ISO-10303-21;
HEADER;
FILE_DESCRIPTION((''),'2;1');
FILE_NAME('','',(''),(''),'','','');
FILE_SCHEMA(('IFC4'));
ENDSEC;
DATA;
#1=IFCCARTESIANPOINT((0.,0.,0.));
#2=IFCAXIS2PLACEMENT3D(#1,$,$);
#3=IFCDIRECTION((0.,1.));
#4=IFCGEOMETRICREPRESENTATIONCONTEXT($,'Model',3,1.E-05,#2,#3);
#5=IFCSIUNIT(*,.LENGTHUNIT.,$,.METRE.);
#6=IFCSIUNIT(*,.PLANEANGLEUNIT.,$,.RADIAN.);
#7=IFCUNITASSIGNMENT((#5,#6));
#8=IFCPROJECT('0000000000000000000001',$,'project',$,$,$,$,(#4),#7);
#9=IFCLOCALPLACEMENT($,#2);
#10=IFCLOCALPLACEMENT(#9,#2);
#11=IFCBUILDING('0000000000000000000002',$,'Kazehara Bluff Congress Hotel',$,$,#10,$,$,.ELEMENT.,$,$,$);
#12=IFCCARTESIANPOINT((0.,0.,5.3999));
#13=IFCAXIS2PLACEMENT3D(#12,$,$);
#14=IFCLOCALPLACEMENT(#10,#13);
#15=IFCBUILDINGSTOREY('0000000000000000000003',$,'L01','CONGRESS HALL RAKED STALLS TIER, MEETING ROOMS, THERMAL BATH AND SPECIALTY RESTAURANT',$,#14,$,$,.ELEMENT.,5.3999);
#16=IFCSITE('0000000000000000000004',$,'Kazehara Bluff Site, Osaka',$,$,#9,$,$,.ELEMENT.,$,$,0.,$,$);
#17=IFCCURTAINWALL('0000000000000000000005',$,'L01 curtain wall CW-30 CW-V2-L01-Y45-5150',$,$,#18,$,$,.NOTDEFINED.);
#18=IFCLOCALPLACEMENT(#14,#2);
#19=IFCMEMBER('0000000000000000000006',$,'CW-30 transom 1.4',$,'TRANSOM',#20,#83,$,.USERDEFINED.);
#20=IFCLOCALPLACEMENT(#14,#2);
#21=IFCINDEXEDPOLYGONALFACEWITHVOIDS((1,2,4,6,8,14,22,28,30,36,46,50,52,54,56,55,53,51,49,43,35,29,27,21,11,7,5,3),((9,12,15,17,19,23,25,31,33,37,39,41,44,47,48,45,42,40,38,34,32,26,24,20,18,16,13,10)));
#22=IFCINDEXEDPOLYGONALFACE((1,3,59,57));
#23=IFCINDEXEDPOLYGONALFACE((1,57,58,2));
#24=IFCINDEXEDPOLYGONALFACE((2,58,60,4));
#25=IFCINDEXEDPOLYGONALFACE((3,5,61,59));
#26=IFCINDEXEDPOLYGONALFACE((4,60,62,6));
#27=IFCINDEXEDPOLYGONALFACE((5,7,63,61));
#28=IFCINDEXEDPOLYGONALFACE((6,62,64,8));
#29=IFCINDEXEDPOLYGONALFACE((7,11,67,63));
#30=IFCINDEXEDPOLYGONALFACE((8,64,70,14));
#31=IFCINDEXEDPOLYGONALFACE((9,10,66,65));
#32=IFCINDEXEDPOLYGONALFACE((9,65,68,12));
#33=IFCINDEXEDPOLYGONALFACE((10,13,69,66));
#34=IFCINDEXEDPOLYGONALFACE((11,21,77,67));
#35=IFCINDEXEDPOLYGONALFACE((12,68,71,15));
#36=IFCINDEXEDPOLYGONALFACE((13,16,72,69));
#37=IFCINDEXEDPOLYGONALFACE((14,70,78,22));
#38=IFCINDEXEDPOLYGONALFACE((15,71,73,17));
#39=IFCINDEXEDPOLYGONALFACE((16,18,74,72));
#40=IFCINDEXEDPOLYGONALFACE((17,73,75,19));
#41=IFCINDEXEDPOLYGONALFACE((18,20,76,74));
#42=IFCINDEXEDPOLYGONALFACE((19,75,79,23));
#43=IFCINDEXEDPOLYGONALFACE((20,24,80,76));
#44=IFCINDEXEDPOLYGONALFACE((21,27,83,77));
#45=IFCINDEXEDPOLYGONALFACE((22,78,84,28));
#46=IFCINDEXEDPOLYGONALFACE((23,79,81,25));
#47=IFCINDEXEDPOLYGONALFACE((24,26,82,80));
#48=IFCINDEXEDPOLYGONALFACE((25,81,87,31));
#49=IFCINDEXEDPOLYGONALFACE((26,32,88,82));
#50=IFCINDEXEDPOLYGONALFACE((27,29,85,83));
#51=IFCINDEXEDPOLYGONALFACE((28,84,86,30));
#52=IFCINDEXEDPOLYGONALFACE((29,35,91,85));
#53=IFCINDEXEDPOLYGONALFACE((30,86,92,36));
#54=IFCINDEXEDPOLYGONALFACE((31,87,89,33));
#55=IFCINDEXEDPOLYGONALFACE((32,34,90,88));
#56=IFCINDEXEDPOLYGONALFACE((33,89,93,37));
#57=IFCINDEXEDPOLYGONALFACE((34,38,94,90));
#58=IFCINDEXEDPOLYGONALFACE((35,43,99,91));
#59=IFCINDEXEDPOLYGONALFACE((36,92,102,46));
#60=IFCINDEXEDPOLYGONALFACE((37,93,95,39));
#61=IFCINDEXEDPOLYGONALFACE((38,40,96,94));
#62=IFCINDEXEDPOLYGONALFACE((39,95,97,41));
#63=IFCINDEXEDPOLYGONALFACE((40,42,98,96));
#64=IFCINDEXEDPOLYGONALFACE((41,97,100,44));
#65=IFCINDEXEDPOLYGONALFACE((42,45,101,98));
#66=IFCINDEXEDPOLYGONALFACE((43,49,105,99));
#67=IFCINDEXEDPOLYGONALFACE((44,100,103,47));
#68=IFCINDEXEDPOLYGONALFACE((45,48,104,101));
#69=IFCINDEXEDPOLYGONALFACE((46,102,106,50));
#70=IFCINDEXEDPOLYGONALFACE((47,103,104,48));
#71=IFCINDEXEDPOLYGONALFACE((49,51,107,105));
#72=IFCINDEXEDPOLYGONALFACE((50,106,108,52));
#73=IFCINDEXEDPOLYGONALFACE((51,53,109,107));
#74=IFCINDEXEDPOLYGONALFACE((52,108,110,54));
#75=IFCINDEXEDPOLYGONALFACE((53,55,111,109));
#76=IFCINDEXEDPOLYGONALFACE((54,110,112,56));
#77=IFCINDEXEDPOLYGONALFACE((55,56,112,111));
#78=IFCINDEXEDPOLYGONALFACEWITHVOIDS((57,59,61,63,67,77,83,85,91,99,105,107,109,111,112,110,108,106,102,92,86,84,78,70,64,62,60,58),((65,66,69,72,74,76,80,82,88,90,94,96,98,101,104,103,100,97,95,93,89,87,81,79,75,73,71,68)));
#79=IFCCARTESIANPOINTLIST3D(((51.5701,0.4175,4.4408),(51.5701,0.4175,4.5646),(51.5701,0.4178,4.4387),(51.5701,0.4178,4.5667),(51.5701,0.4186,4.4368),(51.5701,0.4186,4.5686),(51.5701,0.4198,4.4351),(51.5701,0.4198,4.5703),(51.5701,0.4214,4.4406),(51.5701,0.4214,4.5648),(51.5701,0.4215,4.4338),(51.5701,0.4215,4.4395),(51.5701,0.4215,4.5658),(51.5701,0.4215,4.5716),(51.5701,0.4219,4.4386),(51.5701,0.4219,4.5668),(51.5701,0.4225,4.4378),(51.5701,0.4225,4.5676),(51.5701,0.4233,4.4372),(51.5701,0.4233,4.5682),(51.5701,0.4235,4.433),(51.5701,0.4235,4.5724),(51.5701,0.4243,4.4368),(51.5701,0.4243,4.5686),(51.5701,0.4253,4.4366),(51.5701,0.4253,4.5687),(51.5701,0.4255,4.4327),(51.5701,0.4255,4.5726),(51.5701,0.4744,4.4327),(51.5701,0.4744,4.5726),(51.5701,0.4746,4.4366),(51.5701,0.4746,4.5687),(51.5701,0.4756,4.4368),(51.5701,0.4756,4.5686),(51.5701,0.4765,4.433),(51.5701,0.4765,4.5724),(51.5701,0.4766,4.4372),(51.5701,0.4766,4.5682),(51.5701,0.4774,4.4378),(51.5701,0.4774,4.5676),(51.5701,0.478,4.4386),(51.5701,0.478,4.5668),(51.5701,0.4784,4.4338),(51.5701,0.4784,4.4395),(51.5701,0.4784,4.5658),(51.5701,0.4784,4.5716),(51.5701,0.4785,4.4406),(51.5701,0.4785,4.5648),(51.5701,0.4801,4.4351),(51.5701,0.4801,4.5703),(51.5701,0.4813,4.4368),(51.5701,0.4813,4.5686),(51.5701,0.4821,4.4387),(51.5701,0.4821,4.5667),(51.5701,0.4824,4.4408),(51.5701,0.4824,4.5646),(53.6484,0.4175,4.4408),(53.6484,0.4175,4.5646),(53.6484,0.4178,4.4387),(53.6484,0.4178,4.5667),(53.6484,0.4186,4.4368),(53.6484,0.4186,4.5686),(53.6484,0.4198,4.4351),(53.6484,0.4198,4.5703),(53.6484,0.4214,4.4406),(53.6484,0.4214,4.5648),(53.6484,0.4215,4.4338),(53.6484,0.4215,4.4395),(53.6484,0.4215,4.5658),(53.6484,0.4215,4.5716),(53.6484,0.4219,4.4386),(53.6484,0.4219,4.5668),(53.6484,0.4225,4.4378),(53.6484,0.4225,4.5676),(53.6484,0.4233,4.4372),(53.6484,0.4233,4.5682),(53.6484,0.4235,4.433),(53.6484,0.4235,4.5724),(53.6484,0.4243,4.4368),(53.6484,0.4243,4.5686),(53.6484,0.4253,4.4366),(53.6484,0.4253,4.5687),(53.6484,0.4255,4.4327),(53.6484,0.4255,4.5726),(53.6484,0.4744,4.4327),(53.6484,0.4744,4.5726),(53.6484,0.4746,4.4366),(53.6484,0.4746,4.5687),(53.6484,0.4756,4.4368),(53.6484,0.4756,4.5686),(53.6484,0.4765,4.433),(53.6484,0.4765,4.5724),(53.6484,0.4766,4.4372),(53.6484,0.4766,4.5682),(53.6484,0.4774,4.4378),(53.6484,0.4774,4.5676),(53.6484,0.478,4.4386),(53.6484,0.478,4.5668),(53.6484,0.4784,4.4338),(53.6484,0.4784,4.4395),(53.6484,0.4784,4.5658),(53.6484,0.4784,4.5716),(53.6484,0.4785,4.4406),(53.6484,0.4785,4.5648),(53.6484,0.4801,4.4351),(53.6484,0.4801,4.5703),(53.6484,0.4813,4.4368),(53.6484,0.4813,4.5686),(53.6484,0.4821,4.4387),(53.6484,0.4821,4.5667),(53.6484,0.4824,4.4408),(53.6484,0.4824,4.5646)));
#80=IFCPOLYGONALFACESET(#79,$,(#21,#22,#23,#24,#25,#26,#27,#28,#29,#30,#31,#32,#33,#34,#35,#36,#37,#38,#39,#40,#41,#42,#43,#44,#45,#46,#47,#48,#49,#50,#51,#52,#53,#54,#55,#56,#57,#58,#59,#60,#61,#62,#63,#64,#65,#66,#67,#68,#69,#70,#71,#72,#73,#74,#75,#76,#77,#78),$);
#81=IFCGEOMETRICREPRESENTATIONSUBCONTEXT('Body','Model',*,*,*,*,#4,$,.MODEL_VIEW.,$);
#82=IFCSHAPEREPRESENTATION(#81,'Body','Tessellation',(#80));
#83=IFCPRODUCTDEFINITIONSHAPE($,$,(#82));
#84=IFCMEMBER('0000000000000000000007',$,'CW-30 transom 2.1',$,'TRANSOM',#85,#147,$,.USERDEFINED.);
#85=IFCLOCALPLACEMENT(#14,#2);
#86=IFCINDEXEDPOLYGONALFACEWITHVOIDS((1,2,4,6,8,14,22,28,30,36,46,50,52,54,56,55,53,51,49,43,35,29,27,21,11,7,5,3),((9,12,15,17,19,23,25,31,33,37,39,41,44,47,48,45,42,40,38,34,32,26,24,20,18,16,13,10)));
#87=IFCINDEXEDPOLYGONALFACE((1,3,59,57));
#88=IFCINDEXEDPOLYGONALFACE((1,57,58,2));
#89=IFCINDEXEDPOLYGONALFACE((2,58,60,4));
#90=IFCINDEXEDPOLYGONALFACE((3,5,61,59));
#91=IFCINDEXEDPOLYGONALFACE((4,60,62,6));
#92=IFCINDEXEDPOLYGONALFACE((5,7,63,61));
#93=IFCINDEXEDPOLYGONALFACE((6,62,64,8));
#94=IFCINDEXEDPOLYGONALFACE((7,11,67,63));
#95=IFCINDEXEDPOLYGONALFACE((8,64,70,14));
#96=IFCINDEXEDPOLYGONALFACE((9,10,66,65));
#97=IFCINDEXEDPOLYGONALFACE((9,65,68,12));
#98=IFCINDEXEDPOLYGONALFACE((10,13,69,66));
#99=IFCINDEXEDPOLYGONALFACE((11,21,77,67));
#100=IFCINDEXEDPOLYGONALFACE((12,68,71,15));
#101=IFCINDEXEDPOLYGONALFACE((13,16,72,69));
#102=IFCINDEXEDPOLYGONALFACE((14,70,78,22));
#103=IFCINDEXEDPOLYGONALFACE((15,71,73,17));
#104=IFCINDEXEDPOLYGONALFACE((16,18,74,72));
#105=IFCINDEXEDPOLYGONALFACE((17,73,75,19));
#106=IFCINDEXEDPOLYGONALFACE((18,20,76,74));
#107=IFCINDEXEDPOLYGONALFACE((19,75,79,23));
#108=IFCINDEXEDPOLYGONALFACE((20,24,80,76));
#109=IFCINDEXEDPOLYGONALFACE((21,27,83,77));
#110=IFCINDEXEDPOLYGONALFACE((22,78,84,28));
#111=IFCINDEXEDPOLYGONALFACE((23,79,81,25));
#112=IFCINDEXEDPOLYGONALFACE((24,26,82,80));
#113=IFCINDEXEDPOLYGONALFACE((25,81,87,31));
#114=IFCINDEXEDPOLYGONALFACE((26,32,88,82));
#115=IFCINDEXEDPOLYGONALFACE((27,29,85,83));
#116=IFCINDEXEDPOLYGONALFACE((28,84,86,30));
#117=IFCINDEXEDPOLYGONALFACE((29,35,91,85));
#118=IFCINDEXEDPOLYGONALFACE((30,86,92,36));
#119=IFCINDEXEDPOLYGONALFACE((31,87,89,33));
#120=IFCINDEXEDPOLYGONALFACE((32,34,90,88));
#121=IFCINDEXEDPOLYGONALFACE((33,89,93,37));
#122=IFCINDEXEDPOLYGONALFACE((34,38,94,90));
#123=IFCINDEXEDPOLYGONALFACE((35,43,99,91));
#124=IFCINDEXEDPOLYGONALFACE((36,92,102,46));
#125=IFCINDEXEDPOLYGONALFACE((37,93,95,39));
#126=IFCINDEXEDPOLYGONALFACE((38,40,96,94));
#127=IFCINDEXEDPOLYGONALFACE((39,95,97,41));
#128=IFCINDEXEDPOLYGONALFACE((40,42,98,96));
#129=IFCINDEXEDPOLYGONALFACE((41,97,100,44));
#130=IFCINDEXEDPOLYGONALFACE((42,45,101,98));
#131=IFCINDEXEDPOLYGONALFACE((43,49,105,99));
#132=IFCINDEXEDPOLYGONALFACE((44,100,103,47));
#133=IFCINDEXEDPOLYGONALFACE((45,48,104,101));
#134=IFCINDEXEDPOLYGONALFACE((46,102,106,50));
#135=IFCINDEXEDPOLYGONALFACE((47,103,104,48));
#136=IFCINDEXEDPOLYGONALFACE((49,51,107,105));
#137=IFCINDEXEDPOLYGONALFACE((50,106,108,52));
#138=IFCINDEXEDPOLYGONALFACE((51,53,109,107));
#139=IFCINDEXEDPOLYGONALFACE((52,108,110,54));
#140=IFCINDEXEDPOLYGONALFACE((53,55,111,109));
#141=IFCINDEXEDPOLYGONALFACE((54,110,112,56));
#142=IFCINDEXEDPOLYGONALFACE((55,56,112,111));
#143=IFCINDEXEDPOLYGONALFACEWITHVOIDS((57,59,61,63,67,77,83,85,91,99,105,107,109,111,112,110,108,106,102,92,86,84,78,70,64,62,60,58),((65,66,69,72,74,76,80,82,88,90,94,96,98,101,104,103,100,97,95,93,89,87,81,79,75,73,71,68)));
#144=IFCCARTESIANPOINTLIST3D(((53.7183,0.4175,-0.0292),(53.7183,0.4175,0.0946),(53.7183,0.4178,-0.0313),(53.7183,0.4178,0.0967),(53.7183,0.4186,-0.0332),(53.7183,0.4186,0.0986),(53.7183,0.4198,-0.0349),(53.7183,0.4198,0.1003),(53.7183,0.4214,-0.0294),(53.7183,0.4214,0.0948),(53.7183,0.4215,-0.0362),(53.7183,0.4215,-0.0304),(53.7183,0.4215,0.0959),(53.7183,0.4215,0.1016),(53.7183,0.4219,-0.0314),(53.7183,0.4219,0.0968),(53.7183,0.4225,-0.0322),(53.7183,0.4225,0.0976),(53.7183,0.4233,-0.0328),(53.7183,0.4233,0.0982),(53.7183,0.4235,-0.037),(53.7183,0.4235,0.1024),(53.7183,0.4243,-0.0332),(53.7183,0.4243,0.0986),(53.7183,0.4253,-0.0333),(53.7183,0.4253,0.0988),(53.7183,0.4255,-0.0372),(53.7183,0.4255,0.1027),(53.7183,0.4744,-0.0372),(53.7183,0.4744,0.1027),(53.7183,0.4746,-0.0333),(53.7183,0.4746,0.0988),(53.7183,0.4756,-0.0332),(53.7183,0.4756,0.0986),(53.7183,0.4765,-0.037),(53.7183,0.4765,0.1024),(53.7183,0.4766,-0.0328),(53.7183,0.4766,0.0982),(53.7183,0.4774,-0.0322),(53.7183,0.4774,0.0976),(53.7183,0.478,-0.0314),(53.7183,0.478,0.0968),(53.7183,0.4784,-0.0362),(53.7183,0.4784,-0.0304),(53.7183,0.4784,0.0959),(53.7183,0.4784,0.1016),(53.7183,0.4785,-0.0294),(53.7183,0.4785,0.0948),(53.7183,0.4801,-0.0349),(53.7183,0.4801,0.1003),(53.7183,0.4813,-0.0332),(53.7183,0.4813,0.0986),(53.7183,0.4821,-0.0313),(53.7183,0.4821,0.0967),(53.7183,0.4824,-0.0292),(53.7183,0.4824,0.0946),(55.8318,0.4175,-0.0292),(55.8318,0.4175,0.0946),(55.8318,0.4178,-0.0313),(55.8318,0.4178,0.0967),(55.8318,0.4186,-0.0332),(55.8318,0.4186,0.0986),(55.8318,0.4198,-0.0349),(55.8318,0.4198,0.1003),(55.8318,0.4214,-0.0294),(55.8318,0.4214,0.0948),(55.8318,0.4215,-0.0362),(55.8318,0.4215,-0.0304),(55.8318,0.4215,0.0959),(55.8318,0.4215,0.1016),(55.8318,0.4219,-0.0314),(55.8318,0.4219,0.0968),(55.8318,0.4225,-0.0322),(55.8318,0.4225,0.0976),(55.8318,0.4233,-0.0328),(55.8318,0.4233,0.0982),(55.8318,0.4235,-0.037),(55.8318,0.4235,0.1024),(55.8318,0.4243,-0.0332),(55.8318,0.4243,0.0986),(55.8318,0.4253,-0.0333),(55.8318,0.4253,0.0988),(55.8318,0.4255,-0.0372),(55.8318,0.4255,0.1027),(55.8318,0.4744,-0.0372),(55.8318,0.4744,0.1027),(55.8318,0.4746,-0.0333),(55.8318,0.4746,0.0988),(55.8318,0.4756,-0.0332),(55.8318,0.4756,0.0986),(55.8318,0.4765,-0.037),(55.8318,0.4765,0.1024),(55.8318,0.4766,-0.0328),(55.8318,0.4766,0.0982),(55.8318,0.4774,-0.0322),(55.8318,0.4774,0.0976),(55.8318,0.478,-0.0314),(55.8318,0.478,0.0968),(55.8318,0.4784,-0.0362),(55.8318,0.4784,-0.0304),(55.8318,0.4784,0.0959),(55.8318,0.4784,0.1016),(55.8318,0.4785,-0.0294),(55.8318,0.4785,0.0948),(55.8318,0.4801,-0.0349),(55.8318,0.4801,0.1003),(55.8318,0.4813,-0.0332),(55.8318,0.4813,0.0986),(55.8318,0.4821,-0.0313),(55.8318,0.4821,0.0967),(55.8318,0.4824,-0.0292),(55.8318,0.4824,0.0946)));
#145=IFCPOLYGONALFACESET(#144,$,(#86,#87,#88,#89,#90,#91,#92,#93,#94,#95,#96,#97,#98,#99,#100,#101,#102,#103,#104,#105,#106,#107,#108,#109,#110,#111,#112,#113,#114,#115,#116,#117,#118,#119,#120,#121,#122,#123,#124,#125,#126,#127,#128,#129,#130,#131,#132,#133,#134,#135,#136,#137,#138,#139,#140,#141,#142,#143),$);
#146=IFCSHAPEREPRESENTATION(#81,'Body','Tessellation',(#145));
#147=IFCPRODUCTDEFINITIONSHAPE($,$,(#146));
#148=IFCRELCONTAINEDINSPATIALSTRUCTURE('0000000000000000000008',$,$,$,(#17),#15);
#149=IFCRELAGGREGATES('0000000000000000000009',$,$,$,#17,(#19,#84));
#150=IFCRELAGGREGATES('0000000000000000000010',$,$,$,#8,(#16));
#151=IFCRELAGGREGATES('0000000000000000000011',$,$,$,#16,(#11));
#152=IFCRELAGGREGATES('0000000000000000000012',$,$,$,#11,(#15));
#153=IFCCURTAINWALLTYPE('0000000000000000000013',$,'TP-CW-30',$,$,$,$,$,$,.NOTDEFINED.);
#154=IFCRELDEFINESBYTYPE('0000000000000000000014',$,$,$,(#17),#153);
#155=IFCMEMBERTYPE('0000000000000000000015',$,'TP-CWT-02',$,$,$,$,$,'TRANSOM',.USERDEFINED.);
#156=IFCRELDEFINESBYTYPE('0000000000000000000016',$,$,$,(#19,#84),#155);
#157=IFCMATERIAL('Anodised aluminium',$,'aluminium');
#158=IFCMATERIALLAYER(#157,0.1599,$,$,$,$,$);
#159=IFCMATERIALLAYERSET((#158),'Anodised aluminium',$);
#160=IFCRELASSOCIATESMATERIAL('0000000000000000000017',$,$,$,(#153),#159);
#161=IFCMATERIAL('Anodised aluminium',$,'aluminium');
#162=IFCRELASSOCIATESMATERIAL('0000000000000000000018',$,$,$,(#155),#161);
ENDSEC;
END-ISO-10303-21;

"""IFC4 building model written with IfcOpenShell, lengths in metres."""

from ifc_helpers import new_model, si_unit, direction, frame, origin, origin_2d, place, context, subcontext, project, spatial, hollow_rectangle, extrude, material, layer, layer_set, material_profile, profile_set, type_object, element, aggregate, save


model = new_model("IFC4")

# Units and contexts
model_context = context("Model", 3, precision=1e-05, world=origin(), true_north=direction((0.0, 1.0)))
body_context = subcontext(model_context, "Body", "Model", "MODEL_VIEW")
ifc_project = project(units=[si_unit("LENGTHUNIT", "METRE"), si_unit("PLANEANGLEUNIT", "RADIAN")], contexts=[model_context])

# Site, building, storey
site_placement = place(None, origin())
site = spatial("IfcSite", under=ifc_project, at=site_placement, Name="Kazehara Bluff Site, Osaka", CompositionType="ELEMENT", RefElevation=0.0)
building_placement = place(site_placement, origin())
building = spatial("IfcBuilding", under=site, at=building_placement, Name="Kazehara Bluff Congress Hotel", CompositionType="ELEMENT")
storey_placement = place(building_placement, frame((0.0, 0.0, 5.3999)))
storey = spatial("IfcBuildingStorey", under=building, at=storey_placement, Name="L01", Description="CONGRESS HALL RAKED STALLS TIER, MEETING ROOMS, THERMAL BATH AND SPECIALTY RESTAURANT", CompositionType="ELEMENT", Elevation=5.3999)

# Curtain wall, members
ifc_material_1 = material(Name="Anodised aluminium", Category="aluminium")
ifc_layer_1 = layer(ifc_material_1, 0.1599)
ifc_layer_set_1 = layer_set([ifc_layer_1], Name="Anodised aluminium")
curtain_wall_type = type_object("IfcCurtainWallType", Name="TP-CW-30", PredefinedType="NOTDEFINED", material=ifc_layer_set_1)
curtain_wall_placement = place(storey_placement, origin())
curtain_wall = element("IfcCurtainWall", 1, at=curtain_wall_placement, inside=storey, type_object=curtain_wall_type, Name="L01 curtain wall CW-30 CW-V2-L01-Y45-5150", PredefinedType="NOTDEFINED")
ifc_material_2 = material(Name="Anodised aluminium", Category="aluminium")
ifc_material_profile_1 = material_profile(ifc_material_2, hollow_rectangle(XDim=0.0649, YDim=0.1399, WallThickness=0.0039, InnerFilletRadius=0.0039, OuterFilletRadius=0.0081, at=origin_2d()))
ifc_profile_set_1 = profile_set([ifc_material_profile_1], Name="Anodised aluminium")
member_type_1 = type_object("IfcMemberType", Name="TP-CWT-02", ElementType="TRANSOM", PredefinedType="USERDEFINED", material=ifc_profile_set_1)
member_1_placement = place(storey_placement, frame((51.5701, 0.45, 4.5027), z_axis=(1.0, 0.0, 0.0), x_axis=(0.0, 1.0, 0.0)))
member_1 = element("IfcMember", 2, at=member_1_placement, type_object=member_type_1, Name="CW-30 transom 1.4", ObjectType="TRANSOM", PredefinedType="USERDEFINED", context=body_context, shape_type="SweptSolid", body=[
    extrude(hollow_rectangle(XDim=0.0649, YDim=0.1399, WallThickness=0.0039, InnerFilletRadius=0.0039, OuterFilletRadius=0.0081, at=origin_2d()), origin(), (0.0, 0.0, 1.0), 2.0784),
])
member_2_placement = place(storey_placement, frame((53.7183, 0.45, 0.0327), z_axis=(1.0, 0.0, 0.0), x_axis=(0.0, 1.0, 0.0)))
member_2 = element("IfcMember", 3, at=member_2_placement, type_object=member_type_1, Name="CW-30 transom 2.1", ObjectType="TRANSOM", PredefinedType="USERDEFINED", context=body_context, shape_type="SweptSolid", body=[
    extrude(hollow_rectangle(XDim=0.0649, YDim=0.1399, WallThickness=0.0039, InnerFilletRadius=0.0039, OuterFilletRadius=0.0081, at=origin_2d()), origin(), (0.0, 0.0, 1.0), 2.1135),
])

aggregate(curtain_wall, [member_1, member_2])

save(model, "model.ifc")
